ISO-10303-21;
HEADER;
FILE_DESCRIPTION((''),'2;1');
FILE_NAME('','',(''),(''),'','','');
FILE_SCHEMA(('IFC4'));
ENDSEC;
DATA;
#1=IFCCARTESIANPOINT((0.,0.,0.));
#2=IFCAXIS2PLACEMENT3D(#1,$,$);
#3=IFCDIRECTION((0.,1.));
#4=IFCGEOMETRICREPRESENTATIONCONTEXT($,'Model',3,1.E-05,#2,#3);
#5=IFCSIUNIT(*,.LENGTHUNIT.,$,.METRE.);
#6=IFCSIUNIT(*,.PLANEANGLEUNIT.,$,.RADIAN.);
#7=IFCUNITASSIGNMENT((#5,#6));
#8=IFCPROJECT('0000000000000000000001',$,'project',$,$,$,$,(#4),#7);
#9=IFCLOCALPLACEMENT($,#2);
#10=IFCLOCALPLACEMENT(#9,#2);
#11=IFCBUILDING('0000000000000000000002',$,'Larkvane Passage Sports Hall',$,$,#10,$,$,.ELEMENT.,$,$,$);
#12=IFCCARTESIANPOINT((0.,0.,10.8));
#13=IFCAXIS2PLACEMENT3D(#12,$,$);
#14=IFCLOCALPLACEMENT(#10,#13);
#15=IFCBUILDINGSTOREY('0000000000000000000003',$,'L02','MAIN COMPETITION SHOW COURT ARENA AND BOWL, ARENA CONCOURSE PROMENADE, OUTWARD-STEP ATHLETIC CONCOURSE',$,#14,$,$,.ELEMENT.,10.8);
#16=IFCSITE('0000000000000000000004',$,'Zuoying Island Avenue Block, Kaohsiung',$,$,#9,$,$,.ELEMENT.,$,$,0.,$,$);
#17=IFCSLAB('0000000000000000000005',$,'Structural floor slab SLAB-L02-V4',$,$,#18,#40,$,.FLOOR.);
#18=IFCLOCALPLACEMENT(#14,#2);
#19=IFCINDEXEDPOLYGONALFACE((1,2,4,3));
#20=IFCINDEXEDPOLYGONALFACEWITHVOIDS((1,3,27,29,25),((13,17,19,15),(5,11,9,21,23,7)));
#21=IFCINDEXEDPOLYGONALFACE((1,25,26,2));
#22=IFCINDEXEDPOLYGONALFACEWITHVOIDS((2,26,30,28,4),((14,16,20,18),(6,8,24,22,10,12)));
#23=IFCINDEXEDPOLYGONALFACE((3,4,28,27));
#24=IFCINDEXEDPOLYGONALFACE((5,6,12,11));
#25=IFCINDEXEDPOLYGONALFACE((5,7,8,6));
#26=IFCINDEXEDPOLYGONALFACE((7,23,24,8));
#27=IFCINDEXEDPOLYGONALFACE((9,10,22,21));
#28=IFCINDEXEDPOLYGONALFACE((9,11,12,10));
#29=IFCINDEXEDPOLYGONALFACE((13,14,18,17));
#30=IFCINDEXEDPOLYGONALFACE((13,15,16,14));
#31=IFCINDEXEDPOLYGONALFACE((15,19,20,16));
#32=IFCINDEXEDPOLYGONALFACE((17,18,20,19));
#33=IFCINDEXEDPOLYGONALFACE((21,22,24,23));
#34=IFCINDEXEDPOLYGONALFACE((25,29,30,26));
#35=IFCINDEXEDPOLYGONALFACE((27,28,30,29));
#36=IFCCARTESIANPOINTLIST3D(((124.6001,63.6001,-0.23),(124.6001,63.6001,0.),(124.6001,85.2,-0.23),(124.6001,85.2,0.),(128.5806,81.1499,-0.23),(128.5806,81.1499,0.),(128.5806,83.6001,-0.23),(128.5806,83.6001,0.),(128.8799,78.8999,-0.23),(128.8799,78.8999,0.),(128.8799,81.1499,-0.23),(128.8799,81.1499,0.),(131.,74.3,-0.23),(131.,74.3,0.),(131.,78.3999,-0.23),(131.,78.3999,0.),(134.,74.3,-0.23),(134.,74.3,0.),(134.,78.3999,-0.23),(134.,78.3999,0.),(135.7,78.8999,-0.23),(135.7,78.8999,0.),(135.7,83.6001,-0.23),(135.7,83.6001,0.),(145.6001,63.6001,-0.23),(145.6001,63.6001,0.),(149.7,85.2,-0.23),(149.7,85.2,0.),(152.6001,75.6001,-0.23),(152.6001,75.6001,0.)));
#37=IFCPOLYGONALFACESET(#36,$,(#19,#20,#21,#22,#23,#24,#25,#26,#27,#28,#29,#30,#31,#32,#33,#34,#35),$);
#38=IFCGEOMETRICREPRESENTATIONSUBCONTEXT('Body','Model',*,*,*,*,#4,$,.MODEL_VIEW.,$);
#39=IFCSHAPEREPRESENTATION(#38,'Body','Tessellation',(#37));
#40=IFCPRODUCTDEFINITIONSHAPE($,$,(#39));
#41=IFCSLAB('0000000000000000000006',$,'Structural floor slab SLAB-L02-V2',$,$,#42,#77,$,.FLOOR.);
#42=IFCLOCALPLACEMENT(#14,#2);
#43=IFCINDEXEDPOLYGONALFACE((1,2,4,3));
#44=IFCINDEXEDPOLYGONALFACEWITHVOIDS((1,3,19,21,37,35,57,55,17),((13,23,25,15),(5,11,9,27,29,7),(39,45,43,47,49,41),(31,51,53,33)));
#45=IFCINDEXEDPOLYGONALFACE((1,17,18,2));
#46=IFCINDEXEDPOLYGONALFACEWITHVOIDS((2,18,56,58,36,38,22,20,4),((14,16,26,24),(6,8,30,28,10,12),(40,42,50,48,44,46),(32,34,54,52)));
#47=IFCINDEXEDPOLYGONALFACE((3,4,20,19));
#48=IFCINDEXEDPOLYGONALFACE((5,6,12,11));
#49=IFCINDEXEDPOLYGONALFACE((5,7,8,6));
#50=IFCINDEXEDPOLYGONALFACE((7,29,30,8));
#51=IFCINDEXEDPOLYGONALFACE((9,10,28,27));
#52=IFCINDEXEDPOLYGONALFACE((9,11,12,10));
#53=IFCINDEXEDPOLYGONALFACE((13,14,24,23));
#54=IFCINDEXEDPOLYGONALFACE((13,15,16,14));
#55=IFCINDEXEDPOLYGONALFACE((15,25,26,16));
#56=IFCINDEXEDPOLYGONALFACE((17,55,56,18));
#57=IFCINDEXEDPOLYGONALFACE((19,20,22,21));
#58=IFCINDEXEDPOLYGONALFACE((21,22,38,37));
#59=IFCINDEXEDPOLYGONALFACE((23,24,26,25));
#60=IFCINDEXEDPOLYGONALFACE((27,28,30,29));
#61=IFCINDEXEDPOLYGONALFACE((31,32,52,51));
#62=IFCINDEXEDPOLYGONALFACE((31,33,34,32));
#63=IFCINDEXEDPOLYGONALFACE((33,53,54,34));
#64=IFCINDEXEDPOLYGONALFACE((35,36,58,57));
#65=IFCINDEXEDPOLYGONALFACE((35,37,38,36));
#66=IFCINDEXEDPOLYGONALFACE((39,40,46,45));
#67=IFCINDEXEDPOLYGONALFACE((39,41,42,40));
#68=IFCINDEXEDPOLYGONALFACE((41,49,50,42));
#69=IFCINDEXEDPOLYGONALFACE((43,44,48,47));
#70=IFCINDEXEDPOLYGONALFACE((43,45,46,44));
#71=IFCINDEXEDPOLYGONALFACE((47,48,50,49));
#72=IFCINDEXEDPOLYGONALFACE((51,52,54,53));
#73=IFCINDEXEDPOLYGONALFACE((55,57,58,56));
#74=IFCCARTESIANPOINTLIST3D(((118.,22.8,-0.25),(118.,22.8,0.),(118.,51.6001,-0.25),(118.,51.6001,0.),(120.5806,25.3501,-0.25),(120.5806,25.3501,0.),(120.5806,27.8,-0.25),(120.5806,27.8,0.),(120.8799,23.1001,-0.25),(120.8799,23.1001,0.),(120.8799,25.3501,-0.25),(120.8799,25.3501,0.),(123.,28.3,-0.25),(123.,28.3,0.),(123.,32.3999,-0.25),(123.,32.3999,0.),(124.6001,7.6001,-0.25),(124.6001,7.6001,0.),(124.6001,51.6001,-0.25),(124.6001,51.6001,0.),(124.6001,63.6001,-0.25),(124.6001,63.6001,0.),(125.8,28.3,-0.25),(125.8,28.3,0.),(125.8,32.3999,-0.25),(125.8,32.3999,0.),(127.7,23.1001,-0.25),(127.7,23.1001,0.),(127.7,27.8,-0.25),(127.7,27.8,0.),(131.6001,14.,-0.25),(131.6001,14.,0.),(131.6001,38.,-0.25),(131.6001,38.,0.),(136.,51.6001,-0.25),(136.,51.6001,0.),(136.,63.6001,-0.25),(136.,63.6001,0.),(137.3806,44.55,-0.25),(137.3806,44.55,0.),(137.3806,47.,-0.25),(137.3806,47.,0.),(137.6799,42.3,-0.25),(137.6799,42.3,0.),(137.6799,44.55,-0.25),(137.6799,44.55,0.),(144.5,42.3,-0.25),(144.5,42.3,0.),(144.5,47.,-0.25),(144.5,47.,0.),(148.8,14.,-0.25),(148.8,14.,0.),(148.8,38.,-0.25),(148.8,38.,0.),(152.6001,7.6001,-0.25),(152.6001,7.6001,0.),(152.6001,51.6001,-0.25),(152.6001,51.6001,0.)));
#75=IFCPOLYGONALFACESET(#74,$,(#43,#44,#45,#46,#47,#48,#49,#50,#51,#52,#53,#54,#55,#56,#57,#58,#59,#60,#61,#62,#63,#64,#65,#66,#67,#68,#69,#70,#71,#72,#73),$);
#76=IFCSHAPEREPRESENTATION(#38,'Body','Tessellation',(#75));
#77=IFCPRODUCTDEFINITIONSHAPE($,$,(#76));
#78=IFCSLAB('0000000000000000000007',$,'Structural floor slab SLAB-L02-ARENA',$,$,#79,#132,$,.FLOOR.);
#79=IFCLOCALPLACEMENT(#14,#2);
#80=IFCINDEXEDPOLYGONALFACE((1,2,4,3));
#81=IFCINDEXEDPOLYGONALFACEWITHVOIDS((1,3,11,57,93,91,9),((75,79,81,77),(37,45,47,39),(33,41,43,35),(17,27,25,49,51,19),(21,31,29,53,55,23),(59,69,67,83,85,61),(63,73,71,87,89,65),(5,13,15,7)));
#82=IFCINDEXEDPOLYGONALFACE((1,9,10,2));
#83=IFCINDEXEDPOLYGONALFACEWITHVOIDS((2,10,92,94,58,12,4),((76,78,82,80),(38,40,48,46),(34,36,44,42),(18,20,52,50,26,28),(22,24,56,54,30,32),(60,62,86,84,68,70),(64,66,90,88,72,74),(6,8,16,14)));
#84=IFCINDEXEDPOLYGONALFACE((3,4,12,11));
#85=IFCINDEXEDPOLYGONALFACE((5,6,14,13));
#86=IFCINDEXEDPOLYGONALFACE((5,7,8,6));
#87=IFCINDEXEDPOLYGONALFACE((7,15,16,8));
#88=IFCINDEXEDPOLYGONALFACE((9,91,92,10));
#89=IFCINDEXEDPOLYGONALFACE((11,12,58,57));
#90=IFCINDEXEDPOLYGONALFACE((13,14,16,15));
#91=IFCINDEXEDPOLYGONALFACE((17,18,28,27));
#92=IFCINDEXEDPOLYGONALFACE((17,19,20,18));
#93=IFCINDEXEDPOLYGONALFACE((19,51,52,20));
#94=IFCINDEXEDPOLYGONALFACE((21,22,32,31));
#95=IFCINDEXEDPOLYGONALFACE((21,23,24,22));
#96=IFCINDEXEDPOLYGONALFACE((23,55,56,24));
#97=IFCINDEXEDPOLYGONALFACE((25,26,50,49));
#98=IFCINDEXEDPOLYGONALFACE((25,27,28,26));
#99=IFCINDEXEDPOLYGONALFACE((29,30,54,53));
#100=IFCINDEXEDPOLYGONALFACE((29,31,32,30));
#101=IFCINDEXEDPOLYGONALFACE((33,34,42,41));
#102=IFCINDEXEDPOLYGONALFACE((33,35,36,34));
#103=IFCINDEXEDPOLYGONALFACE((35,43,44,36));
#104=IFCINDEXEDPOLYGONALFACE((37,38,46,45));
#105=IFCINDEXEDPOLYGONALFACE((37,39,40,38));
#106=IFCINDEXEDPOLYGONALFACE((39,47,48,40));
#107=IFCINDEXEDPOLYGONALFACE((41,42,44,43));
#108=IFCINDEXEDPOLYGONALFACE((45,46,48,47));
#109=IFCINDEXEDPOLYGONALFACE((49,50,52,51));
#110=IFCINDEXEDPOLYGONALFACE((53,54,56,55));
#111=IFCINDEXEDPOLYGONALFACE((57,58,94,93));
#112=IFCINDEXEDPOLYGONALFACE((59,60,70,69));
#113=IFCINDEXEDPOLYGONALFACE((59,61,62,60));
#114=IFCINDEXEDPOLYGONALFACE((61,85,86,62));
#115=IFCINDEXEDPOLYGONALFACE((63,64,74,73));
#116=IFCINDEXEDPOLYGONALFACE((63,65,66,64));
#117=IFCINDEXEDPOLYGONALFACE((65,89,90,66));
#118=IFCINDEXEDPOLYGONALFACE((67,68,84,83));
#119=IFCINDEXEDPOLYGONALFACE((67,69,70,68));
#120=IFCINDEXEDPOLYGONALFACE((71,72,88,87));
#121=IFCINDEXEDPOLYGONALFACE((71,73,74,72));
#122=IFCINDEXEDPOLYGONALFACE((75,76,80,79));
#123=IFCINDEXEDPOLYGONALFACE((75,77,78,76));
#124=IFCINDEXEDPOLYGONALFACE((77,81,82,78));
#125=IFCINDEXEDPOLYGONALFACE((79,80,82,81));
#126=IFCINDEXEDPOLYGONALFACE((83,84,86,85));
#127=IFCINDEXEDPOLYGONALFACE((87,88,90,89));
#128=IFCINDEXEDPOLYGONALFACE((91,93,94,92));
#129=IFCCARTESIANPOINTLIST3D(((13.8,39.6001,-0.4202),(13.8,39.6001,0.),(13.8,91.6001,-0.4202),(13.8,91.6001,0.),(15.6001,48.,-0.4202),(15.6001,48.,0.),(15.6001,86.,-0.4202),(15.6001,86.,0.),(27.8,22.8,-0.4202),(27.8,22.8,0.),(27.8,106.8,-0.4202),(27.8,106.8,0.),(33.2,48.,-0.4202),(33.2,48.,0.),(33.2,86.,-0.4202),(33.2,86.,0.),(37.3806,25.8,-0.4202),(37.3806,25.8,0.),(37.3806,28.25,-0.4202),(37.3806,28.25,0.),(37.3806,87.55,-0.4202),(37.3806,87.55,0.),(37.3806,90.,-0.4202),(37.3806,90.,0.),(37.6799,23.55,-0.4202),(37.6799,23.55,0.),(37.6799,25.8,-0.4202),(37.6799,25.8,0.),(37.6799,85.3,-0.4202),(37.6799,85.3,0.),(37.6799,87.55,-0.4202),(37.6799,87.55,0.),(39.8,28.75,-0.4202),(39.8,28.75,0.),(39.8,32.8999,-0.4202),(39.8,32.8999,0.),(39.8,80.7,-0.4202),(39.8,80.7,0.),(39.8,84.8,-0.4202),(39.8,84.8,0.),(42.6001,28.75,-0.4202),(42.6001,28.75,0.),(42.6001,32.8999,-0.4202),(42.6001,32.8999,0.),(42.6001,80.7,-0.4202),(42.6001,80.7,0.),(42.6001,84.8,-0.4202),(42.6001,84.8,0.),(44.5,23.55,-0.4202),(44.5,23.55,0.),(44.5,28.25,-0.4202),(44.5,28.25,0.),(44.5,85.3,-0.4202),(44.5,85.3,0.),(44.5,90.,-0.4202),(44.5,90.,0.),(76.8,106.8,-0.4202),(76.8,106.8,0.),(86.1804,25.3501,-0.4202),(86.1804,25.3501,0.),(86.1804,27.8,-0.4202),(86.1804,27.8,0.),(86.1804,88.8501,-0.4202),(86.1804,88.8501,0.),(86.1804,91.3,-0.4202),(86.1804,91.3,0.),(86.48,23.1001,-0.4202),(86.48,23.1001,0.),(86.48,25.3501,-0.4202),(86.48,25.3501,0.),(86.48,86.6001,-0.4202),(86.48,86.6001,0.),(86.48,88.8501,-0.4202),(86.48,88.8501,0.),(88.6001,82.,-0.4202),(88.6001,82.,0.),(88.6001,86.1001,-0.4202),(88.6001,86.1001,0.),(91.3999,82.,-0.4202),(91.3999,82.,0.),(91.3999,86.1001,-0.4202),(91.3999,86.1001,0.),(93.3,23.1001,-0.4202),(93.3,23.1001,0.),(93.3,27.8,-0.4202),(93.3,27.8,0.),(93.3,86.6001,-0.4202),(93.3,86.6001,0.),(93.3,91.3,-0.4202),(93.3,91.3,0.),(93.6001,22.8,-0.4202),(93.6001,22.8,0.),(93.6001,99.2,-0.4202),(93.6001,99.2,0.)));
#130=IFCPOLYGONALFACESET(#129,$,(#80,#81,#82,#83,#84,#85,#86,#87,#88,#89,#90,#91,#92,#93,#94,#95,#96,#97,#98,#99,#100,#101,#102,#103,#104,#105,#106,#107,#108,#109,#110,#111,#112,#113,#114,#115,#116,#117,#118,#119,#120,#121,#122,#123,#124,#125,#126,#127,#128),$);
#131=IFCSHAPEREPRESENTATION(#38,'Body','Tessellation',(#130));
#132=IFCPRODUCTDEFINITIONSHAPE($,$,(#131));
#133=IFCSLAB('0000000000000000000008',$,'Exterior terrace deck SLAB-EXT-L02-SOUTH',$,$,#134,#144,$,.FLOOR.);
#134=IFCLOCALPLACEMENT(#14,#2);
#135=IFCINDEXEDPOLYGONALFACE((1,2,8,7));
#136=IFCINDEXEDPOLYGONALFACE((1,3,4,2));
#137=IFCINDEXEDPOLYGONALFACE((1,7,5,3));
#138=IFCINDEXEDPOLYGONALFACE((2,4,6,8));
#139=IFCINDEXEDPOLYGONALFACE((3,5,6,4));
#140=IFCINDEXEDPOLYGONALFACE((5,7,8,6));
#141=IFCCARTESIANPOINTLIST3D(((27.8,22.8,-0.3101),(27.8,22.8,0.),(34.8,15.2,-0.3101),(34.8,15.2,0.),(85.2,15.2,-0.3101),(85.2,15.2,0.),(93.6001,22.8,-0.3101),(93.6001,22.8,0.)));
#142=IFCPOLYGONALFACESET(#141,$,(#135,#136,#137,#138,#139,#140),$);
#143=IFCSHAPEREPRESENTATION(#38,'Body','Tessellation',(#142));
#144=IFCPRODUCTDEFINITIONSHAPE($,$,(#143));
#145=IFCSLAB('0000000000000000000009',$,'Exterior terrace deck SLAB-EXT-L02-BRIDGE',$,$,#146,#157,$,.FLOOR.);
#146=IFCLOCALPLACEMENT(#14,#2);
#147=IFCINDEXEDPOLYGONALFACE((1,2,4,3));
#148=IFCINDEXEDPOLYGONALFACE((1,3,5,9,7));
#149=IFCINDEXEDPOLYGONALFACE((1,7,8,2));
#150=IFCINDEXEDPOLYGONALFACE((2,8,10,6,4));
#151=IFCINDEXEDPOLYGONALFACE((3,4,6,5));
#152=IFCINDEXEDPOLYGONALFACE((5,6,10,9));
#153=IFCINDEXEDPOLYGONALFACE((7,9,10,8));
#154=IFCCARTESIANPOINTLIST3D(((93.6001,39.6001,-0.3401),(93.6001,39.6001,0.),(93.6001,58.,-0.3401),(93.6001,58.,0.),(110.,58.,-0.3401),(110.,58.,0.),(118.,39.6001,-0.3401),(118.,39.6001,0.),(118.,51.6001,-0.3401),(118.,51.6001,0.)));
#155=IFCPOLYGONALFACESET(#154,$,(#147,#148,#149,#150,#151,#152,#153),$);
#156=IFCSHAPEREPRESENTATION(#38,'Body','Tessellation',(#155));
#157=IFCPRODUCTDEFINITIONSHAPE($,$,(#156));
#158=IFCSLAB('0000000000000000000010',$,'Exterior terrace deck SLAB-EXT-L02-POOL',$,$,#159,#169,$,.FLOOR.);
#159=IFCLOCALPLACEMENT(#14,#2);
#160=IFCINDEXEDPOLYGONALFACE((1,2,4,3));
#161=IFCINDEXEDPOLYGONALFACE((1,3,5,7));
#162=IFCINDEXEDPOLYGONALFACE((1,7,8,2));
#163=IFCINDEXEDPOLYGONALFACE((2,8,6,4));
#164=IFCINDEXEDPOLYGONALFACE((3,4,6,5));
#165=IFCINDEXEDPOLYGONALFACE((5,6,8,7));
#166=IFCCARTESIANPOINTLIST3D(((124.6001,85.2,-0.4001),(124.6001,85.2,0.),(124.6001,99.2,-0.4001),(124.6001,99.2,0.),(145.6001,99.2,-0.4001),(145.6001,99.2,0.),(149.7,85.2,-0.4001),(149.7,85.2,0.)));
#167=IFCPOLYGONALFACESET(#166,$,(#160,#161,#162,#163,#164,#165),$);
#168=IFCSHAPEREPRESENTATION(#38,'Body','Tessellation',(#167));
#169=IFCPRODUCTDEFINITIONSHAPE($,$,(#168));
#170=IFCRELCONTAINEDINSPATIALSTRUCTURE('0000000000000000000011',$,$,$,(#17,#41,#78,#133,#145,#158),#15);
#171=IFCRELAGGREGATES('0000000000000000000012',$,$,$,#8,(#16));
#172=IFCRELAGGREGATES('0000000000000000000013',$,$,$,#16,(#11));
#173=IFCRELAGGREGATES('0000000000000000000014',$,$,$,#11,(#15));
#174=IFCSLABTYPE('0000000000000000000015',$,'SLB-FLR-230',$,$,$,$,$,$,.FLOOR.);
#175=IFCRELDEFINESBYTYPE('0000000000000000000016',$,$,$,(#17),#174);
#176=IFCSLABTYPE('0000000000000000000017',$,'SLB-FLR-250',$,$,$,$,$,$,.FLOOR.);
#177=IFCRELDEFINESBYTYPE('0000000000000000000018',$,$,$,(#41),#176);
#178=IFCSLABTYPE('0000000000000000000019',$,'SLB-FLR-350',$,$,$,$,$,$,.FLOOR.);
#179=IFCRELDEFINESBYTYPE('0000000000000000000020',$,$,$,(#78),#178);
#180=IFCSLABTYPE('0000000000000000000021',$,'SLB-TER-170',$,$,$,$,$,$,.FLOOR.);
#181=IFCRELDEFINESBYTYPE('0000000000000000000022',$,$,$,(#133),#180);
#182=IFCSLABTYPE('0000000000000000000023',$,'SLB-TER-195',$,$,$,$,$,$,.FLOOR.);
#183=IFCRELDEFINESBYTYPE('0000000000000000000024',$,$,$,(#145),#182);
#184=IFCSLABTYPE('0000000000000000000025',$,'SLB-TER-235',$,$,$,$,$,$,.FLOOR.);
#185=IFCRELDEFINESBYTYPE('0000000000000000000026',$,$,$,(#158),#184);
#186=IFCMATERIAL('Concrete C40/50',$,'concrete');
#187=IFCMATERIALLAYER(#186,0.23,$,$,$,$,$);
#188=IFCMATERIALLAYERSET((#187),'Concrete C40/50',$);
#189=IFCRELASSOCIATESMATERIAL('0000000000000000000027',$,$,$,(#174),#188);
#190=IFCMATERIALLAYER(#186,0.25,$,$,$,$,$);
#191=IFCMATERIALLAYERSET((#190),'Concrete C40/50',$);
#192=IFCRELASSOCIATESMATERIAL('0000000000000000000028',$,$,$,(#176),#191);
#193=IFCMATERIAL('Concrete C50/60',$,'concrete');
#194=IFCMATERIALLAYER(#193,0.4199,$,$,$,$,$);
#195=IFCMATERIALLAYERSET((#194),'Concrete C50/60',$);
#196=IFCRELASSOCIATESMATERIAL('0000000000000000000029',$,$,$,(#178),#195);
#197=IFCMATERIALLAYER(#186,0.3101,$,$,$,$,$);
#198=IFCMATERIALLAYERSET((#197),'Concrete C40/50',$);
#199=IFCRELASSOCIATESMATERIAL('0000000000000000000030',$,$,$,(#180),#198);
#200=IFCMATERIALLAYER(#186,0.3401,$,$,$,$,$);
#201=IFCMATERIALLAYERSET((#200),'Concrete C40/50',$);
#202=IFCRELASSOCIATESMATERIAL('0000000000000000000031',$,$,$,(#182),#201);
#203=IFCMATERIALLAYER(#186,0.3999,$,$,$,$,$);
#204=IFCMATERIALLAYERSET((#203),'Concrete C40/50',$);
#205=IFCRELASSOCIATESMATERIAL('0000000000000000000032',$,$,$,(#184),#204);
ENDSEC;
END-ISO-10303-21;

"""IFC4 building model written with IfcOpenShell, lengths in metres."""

from ifc_helpers import new_model, si_unit, direction, frame, origin, place, context, subcontext, project, spatial, polyline, outline, extrude, material, layer, layer_set, type_object, element, save


model = new_model("IFC4")

# Units and contexts
model_context = context("Model", 3, precision=1e-05, world=origin(), true_north=direction((0.0, 1.0)))
body_context = subcontext(model_context, "Body", "Model", "MODEL_VIEW")
ifc_project = project(units=[si_unit("LENGTHUNIT", "METRE"), si_unit("PLANEANGLEUNIT", "RADIAN")], contexts=[model_context])

# Site, building, storey
site_placement = place(None, origin())
site = spatial("IfcSite", under=ifc_project, at=site_placement, Name="Zuoying Island Avenue Block, Kaohsiung", CompositionType="ELEMENT", RefElevation=0.0)
building_placement = place(site_placement, origin())
building = spatial("IfcBuilding", under=site, at=building_placement, Name="Larkvane Passage Sports Hall", CompositionType="ELEMENT")
storey_placement = place(building_placement, frame((0.0, 0.0, 10.8)))
storey = spatial("IfcBuildingStorey", under=building, at=storey_placement, Name="L02", Description="MAIN COMPETITION SHOW COURT ARENA AND BOWL, ARENA CONCOURSE PROMENADE, OUTWARD-STEP ATHLETIC CONCOURSE", CompositionType="ELEMENT", Elevation=10.8)

# Slabs
ifc_material_1 = material(Name="Concrete C40/50", Category="concrete")
ifc_layer_1 = layer(ifc_material_1, 0.23)
ifc_layer_set_1 = layer_set([ifc_layer_1], Name="Concrete C40/50")
slab_type_1 = type_object("IfcSlabType", Name="SLB-FLR-230", PredefinedType="FLOOR", material=ifc_layer_set_1)
slab_1_placement = place(storey_placement, frame((0.0, 0.0, -0.23)))
element("IfcSlab", 1, at=slab_1_placement, inside=storey, type_object=slab_type_1, Name="Structural floor slab SLAB-L02-V4", PredefinedType="FLOOR", context=body_context, shape_type="SweptSolid", body=[
    extrude(outline(polyline([(124.6001, 63.6001), (145.6001, 63.6001), (152.6001, 75.6001), (149.7, 85.2), (124.6001, 85.2), (124.6001, 63.6001)]), holes=[polyline([(128.8799, 78.8999), (128.8799, 81.1499), (128.5806, 81.1499), (128.5806, 83.6001), (135.7, 83.6001), (135.7, 78.8999), (128.8799, 78.8999)]), polyline([(131.0, 78.3999), (134.0, 78.3999), (134.0, 74.3), (131.0, 74.3), (131.0, 78.3999)])]), origin(), (0.0, 0.0, 1.0), 0.23),
])
ifc_layer_2 = layer(ifc_material_1, 0.25)
ifc_layer_set_2 = layer_set([ifc_layer_2], Name="Concrete C40/50")
slab_type_2 = type_object("IfcSlabType", Name="SLB-FLR-250", PredefinedType="FLOOR", material=ifc_layer_set_2)
slab_2_placement = place(storey_placement, frame((0.0, 0.0, -0.25)))
element("IfcSlab", 2, at=slab_2_placement, inside=storey, type_object=slab_type_2, Name="Structural floor slab SLAB-L02-V2", PredefinedType="FLOOR", context=body_context, shape_type="SweptSolid", body=[
    extrude(outline(polyline([(118.0, 22.8), (124.6001, 7.6001), (152.6001, 7.6001), (152.6001, 51.6001), (136.0, 51.6001), (136.0, 63.6001), (124.6001, 63.6001), (124.6001, 51.6001), (118.0, 51.6001), (118.0, 22.8)]), holes=[polyline([(120.8799, 23.1001), (120.8799, 25.3501), (120.5806, 25.3501), (120.5806, 27.8), (127.7, 27.8), (127.7, 23.1001), (120.8799, 23.1001)]), polyline([(137.6799, 42.3), (137.6799, 44.55), (137.3806, 44.55), (137.3806, 47.0), (144.5, 47.0), (144.5, 42.3), (137.6799, 42.3)]), polyline([(123.0, 32.3999), (125.8, 32.3999), (125.8, 28.3), (123.0, 28.3), (123.0, 32.3999)]), polyline([(131.6001, 38.0), (148.8, 38.0), (148.8, 14.0), (131.6001, 14.0), (131.6001, 38.0)])]), origin(), (0.0, 0.0, 1.0), 0.25),
])
ifc_material_2 = material(Name="Concrete C50/60", Category="concrete")
ifc_layer_3 = layer(ifc_material_2, 0.4199)
ifc_layer_set_3 = layer_set([ifc_layer_3], Name="Concrete C50/60")
slab_type_3 = type_object("IfcSlabType", Name="SLB-FLR-350", PredefinedType="FLOOR", material=ifc_layer_set_3)
slab_3_placement = place(storey_placement, frame((0.0, 0.0, -0.4202)))
element("IfcSlab", 3, at=slab_3_placement, inside=storey, type_object=slab_type_3, Name="Structural floor slab SLAB-L02-ARENA", PredefinedType="FLOOR", context=body_context, shape_type="SweptSolid", body=[
    extrude(outline(polyline([(13.8, 39.6001), (27.8, 22.8), (93.6001, 22.8), (93.6001, 99.2), (76.8, 106.8), (27.8, 106.8), (13.8, 91.6001), (13.8, 39.6001)]), holes=[polyline([(37.6799, 23.55), (37.6799, 25.8), (37.3806, 25.8), (37.3806, 28.25), (44.5, 28.25), (44.5, 23.55), (37.6799, 23.55)]), polyline([(37.6799, 85.3), (37.6799, 87.55), (37.3806, 87.55), (37.3806, 90.0), (44.5, 90.0), (44.5, 85.3), (37.6799, 85.3)]), polyline([(86.48, 86.6001), (86.48, 88.8501), (86.1804, 88.8501), (86.1804, 91.3), (93.3, 91.3), (93.3, 86.6001), (86.48, 86.6001)]), polyline([(86.48, 23.1001), (86.48, 25.3501), (86.1804, 25.3501), (86.1804, 27.8), (93.3, 27.8), (93.3, 23.1001), (86.48, 23.1001)]), polyline([(39.8, 32.8999), (42.6001, 32.8999), (42.6001, 28.75), (39.8, 28.75), (39.8, 32.8999)]), polyline([(39.8, 84.8), (42.6001, 84.8), (42.6001, 80.7), (39.8, 80.7), (39.8, 84.8)]), polyline([(88.6001, 86.1001), (91.3999, 86.1001), (91.3999, 82.0), (88.6001, 82.0), (88.6001, 86.1001)]), polyline([(15.6001, 86.0), (33.2, 86.0), (33.2, 48.0), (15.6001, 48.0), (15.6001, 86.0)])]), origin(), (0.0, 0.0, 1.0), 0.4202),
])
ifc_layer_4 = layer(ifc_material_1, 0.3101)
ifc_layer_set_4 = layer_set([ifc_layer_4], Name="Concrete C40/50")
slab_type_4 = type_object("IfcSlabType", Name="SLB-TER-170", PredefinedType="FLOOR", material=ifc_layer_set_4)
slab_4_placement = place(storey_placement, frame((0.0, 0.0, -0.3101)))
element("IfcSlab", 4, at=slab_4_placement, inside=storey, type_object=slab_type_4, Name="Exterior terrace deck SLAB-EXT-L02-SOUTH", PredefinedType="FLOOR", context=body_context, shape_type="SweptSolid", body=[
    extrude(outline(polyline([(34.8, 15.2), (85.2, 15.2), (93.6001, 22.8), (27.8, 22.8), (34.8, 15.2)])), origin(), (0.0, 0.0, 1.0), 0.3101),
])
ifc_layer_5 = layer(ifc_material_1, 0.3401)
ifc_layer_set_5 = layer_set([ifc_layer_5], Name="Concrete C40/50")
slab_type_5 = type_object("IfcSlabType", Name="SLB-TER-195", PredefinedType="FLOOR", material=ifc_layer_set_5)
slab_5_placement = place(storey_placement, frame((0.0, 0.0, -0.3401)))
element("IfcSlab", 5, at=slab_5_placement, inside=storey, type_object=slab_type_5, Name="Exterior terrace deck SLAB-EXT-L02-BRIDGE", PredefinedType="FLOOR", context=body_context, shape_type="SweptSolid", body=[
    extrude(outline(polyline([(93.6001, 39.6001), (118.0, 39.6001), (118.0, 51.6001), (110.0, 58.0), (93.6001, 58.0), (93.6001, 39.6001)])), origin(), (0.0, 0.0, 1.0), 0.3401),
])
ifc_layer_6 = layer(ifc_material_1, 0.3999)
ifc_layer_set_6 = layer_set([ifc_layer_6], Name="Concrete C40/50")
slab_type_6 = type_object("IfcSlabType", Name="SLB-TER-235", PredefinedType="FLOOR", material=ifc_layer_set_6)
slab_6_placement = place(storey_placement, frame((0.0, 0.0, -0.4001)))
element("IfcSlab", 6, at=slab_6_placement, inside=storey, type_object=slab_type_6, Name="Exterior terrace deck SLAB-EXT-L02-POOL", PredefinedType="FLOOR", context=body_context, shape_type="SweptSolid", body=[
    extrude(outline(polyline([(124.6001, 85.2), (149.7, 85.2), (145.6001, 99.2), (124.6001, 99.2), (124.6001, 85.2)])), origin(), (0.0, 0.0, 1.0), 0.4001),
])

save(model, "model.ifc")
